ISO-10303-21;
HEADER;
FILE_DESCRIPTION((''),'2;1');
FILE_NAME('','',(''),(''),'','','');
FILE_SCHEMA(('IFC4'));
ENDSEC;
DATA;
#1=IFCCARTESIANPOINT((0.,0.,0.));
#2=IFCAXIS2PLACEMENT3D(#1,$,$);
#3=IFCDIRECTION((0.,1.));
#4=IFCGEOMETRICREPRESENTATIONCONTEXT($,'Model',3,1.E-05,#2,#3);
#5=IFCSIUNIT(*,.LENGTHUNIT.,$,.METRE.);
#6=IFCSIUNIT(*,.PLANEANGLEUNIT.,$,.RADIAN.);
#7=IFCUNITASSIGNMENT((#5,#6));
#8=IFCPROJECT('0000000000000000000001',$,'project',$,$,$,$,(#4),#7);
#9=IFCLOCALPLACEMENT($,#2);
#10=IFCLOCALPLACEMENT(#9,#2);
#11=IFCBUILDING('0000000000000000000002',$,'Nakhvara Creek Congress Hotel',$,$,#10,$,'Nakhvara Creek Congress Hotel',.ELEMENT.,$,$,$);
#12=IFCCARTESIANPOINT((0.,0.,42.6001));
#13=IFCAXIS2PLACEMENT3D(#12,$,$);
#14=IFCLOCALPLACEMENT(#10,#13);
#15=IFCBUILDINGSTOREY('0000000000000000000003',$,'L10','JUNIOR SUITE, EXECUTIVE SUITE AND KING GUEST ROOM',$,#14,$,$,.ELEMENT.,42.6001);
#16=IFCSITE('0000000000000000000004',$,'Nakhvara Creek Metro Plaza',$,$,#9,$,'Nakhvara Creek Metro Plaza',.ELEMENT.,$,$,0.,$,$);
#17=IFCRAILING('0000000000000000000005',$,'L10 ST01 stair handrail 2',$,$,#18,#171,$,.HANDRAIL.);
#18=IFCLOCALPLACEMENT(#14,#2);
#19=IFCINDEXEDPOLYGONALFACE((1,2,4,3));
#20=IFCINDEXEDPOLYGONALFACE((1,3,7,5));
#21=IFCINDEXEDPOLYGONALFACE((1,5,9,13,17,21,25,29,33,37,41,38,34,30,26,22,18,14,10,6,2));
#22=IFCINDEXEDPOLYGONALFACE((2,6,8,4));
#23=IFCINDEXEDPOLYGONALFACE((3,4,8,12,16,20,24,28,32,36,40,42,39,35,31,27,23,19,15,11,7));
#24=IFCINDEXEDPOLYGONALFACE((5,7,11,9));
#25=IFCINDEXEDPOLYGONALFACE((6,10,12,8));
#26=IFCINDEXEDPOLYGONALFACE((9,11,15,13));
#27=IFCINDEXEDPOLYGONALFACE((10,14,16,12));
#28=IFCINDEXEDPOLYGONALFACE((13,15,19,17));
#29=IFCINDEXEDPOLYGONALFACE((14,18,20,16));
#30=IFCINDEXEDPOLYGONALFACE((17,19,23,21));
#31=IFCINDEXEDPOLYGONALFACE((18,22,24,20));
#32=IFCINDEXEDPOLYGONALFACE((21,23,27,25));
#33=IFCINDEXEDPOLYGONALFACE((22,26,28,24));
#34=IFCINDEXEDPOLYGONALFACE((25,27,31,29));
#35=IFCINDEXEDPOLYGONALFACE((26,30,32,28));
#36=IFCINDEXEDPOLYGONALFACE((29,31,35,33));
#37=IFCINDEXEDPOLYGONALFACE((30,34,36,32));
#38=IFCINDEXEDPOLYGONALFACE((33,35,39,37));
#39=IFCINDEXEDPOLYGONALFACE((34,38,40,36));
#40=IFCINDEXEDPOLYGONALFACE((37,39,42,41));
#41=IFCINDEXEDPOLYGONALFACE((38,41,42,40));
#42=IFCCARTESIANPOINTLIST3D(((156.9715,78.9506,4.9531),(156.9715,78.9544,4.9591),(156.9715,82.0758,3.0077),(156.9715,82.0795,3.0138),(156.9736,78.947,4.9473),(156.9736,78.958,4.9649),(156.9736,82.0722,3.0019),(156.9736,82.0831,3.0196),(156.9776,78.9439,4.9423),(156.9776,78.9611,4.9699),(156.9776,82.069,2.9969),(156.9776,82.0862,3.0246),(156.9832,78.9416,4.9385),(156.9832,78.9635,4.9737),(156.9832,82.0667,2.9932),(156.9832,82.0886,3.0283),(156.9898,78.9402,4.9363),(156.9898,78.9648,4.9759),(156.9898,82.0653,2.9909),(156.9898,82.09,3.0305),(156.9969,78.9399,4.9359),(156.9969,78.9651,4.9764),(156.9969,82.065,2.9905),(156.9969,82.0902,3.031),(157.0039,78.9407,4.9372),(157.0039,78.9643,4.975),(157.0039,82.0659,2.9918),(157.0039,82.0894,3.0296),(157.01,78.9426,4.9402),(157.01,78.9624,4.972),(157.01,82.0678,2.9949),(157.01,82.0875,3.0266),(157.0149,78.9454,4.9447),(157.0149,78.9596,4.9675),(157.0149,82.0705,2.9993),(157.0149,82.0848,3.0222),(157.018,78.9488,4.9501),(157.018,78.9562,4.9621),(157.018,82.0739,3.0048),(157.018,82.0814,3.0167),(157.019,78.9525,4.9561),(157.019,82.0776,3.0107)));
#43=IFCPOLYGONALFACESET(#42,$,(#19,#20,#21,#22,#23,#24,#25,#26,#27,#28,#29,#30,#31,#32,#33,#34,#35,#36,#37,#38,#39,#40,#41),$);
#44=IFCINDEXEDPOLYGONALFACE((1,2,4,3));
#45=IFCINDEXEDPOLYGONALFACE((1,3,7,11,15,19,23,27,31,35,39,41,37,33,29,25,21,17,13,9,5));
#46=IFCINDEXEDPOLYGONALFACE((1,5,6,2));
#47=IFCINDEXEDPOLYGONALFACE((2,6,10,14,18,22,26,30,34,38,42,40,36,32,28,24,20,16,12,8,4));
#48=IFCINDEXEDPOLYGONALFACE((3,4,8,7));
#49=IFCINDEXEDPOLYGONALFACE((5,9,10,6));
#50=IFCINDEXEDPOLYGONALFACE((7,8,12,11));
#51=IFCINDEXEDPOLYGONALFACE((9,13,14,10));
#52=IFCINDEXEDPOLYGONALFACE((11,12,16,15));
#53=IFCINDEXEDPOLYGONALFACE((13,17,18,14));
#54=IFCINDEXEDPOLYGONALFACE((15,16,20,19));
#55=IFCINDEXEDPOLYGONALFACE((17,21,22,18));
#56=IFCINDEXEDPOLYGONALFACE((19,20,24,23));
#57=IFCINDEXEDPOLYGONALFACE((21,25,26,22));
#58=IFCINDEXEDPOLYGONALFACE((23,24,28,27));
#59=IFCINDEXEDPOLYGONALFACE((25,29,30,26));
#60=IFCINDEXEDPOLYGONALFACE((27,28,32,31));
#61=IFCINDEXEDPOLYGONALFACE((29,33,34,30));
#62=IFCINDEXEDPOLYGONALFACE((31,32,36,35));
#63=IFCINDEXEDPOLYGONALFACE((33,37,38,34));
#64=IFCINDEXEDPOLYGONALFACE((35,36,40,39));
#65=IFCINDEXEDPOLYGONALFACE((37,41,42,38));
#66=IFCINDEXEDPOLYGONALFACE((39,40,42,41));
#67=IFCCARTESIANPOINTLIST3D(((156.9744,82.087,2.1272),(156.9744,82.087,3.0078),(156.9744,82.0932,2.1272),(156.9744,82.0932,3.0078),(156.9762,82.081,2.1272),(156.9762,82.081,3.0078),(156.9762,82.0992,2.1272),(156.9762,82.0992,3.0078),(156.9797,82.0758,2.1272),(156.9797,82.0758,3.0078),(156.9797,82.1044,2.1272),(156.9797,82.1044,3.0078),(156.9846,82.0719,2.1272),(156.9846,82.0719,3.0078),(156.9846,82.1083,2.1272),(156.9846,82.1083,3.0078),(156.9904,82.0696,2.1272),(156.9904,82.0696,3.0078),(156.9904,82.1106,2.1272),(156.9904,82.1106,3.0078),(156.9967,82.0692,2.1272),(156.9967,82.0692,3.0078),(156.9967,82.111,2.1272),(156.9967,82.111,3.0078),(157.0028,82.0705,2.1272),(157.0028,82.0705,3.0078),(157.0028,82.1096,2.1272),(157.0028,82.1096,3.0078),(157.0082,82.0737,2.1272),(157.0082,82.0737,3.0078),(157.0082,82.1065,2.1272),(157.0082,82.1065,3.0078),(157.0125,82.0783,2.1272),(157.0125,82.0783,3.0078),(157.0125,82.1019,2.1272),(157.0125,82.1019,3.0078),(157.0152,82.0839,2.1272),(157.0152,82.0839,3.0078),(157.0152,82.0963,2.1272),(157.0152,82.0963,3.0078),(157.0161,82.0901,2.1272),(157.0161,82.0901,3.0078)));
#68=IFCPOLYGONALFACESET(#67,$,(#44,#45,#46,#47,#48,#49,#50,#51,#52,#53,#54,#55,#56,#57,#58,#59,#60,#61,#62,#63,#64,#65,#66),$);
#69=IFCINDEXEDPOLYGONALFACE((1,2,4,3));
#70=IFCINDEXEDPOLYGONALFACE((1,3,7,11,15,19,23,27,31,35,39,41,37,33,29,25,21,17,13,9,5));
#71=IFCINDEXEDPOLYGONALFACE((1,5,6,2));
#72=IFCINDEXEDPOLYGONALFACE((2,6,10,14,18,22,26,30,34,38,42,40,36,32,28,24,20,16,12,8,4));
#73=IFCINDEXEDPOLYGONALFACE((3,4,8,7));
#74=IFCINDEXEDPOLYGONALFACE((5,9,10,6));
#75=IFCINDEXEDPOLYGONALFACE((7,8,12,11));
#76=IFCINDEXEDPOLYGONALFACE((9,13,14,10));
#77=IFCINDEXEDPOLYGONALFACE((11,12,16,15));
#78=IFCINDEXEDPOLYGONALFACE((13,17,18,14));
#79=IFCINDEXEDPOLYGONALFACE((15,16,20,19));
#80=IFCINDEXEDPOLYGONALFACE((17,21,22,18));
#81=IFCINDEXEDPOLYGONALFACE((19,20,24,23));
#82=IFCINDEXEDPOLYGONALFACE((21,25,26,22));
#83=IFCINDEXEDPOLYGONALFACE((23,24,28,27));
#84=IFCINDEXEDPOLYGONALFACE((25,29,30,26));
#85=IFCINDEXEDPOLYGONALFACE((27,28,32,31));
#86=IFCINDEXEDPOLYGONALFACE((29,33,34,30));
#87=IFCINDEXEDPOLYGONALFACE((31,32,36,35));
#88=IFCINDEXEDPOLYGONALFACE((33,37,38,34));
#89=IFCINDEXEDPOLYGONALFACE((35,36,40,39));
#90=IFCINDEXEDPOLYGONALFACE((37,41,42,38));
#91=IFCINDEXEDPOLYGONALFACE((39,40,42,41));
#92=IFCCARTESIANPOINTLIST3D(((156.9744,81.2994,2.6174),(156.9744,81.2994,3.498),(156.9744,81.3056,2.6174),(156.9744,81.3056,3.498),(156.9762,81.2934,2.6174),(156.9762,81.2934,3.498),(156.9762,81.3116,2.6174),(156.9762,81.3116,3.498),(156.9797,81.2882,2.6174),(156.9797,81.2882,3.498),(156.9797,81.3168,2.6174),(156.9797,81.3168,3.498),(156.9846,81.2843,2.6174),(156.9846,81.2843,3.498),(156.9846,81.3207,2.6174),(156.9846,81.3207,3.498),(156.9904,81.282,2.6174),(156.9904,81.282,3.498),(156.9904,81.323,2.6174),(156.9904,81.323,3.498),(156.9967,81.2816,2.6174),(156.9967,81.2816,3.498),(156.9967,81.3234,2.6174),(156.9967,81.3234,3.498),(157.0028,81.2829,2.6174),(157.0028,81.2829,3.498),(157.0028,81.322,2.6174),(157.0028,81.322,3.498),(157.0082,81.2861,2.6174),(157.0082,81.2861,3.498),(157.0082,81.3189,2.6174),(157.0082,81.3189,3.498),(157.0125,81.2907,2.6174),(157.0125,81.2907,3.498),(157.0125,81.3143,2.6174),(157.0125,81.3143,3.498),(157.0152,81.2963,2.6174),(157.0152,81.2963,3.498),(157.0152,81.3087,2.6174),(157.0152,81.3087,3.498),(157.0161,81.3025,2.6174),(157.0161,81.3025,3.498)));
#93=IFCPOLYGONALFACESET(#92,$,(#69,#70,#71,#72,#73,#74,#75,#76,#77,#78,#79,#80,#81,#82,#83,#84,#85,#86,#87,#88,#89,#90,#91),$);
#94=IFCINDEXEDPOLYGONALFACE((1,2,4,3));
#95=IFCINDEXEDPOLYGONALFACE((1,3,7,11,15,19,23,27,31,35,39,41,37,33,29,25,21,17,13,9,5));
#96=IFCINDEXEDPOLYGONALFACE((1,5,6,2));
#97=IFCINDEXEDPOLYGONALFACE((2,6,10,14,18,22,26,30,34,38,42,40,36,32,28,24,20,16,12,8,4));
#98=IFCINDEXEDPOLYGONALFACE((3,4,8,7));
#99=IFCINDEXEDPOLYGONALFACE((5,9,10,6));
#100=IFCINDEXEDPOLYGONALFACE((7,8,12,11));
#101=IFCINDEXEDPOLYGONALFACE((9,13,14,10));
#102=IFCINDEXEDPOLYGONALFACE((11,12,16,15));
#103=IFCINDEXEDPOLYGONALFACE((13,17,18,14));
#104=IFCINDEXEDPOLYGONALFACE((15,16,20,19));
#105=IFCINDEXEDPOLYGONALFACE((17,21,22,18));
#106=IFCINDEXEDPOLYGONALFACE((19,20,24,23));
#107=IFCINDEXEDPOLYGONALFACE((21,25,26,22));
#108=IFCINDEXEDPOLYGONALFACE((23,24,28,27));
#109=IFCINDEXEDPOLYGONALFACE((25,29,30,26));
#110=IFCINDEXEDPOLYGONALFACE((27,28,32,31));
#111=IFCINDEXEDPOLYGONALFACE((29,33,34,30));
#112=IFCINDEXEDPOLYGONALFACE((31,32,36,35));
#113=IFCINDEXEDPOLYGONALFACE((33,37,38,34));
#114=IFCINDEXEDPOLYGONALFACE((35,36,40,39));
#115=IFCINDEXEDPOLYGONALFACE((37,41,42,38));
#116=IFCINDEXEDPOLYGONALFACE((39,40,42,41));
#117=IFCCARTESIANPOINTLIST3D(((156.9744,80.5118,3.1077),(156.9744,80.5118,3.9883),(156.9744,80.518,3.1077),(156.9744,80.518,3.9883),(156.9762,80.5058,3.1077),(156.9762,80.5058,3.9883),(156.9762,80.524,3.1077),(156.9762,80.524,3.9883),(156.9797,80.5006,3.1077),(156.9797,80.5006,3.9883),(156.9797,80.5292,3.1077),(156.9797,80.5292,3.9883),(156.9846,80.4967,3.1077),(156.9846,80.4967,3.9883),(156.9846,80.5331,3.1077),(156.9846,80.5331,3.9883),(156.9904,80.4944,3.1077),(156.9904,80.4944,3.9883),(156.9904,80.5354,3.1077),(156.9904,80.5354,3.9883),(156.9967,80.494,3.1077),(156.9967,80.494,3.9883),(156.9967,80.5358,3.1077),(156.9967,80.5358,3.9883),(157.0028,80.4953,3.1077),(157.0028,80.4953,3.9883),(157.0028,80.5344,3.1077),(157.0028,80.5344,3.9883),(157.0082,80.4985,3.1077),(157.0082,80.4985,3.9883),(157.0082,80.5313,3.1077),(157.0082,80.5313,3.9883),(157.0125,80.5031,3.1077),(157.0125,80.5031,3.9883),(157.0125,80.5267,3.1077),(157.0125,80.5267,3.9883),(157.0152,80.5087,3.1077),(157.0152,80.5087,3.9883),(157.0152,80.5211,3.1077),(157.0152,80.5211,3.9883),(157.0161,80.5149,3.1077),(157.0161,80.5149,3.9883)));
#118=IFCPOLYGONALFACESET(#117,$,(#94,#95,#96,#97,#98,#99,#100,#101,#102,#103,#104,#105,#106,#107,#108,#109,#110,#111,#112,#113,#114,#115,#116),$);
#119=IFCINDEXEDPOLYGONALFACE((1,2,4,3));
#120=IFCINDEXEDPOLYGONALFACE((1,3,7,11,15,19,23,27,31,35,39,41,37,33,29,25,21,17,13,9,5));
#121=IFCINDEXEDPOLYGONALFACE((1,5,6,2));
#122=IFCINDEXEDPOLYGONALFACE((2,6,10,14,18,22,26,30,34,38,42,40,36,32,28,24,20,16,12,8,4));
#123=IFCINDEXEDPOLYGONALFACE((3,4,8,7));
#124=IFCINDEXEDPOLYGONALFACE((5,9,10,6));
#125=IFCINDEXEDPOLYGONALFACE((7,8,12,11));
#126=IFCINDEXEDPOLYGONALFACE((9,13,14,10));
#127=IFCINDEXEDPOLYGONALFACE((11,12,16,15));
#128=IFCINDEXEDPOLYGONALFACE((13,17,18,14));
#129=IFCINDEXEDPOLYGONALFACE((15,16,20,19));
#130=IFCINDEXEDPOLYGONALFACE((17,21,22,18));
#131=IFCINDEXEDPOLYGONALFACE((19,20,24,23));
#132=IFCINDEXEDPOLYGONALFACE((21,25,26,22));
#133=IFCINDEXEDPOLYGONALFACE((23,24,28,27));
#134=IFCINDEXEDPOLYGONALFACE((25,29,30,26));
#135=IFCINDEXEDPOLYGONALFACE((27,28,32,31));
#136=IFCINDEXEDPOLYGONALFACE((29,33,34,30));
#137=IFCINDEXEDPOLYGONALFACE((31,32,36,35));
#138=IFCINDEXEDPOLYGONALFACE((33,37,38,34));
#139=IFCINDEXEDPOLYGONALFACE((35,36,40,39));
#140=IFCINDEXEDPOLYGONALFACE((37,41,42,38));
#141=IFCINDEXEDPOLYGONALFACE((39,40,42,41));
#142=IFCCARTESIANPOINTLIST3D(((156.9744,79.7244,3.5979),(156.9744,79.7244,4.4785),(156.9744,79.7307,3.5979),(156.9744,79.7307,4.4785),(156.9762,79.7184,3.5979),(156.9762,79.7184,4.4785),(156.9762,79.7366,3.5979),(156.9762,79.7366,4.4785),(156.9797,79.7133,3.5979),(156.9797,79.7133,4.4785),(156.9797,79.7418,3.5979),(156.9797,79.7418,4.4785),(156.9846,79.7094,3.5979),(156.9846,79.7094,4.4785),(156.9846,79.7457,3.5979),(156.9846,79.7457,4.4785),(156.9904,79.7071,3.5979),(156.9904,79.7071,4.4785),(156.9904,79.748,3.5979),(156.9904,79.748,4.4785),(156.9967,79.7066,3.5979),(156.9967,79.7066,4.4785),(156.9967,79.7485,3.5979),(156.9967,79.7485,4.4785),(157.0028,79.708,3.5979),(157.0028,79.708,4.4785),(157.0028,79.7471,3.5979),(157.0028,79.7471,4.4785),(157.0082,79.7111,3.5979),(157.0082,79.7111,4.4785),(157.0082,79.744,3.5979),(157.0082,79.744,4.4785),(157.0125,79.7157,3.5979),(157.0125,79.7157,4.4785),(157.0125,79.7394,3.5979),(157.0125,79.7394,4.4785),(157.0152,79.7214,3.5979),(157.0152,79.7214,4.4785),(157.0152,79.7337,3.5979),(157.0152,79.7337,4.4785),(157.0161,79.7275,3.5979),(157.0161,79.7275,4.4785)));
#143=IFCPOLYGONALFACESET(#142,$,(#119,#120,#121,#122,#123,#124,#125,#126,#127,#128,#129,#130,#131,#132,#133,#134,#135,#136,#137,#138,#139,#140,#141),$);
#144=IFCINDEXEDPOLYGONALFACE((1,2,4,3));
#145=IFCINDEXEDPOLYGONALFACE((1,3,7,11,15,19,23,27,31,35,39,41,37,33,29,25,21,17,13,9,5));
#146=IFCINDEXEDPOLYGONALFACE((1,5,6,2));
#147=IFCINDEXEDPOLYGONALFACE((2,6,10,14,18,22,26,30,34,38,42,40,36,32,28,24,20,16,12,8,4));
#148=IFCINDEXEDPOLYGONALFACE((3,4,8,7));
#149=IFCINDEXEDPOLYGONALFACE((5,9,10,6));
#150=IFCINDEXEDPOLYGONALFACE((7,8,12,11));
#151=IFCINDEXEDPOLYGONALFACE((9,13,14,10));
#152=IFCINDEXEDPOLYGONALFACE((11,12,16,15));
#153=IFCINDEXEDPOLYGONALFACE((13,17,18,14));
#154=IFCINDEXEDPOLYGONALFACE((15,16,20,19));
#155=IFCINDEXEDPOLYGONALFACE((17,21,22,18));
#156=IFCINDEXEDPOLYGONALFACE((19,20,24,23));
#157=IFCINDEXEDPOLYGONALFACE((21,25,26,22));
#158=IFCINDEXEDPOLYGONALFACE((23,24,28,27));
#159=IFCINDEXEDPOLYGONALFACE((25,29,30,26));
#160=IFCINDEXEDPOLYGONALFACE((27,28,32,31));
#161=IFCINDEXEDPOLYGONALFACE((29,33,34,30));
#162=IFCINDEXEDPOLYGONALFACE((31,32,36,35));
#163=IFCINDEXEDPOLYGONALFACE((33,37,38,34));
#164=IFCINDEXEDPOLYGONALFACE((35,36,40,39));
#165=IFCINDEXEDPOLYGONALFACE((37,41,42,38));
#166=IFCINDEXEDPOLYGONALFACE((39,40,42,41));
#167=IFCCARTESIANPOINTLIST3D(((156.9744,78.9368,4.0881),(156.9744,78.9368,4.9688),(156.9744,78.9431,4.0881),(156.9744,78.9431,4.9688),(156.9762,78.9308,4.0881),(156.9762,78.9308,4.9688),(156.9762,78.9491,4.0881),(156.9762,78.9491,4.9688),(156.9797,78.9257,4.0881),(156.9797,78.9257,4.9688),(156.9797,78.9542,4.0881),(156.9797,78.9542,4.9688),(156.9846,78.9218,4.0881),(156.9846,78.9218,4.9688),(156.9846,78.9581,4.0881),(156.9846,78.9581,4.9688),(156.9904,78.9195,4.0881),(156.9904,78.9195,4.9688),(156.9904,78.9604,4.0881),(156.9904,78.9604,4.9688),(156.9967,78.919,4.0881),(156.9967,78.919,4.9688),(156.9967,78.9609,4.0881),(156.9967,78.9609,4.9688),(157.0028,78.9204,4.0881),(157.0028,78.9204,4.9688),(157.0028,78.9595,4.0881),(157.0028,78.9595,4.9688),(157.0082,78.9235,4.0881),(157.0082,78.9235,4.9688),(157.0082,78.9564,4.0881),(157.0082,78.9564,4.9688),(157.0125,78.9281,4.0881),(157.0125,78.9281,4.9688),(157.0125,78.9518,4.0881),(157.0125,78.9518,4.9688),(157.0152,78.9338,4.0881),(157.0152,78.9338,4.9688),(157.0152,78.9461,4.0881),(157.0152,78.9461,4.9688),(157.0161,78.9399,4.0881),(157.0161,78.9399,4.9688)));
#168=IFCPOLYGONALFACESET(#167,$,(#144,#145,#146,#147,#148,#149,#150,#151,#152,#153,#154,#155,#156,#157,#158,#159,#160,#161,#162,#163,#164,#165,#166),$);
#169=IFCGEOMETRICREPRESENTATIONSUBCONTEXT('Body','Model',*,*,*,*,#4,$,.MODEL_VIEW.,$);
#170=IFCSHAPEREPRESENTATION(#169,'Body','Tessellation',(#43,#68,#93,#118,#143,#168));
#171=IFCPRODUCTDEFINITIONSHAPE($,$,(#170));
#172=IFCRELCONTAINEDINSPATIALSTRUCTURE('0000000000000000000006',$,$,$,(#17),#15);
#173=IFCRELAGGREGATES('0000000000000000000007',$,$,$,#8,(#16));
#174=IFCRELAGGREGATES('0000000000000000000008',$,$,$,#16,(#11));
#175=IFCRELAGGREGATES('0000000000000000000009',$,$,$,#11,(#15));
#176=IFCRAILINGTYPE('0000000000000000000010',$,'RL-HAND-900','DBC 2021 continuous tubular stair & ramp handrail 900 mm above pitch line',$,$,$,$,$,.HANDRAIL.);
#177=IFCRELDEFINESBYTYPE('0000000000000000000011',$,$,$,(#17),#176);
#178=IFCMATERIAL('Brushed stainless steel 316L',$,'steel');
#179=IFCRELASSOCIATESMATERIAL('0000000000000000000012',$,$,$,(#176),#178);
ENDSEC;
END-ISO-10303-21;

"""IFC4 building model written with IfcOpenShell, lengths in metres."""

from ifc_helpers import new_model, si_unit, direction, frame, origin, origin_2d, place, context, subcontext, project, spatial, circle, extrude, material, type_object, element, save


model = new_model("IFC4")

# Units and contexts
model_context = context("Model", 3, precision=1e-05, world=origin(), true_north=direction((0.0, 1.0)))
body_context = subcontext(model_context, "Body", "Model", "MODEL_VIEW")
ifc_project = project(units=[si_unit("LENGTHUNIT", "METRE"), si_unit("PLANEANGLEUNIT", "RADIAN")], contexts=[model_context])

# Site, building, storey
site_placement = place(None, origin())
site = spatial("IfcSite", under=ifc_project, at=site_placement, Name="Nakhvara Creek Metro Plaza", LongName="Nakhvara Creek Metro Plaza", CompositionType="ELEMENT", RefElevation=0.0)
building_placement = place(site_placement, origin())
building = spatial("IfcBuilding", under=site, at=building_placement, Name="Nakhvara Creek Congress Hotel", LongName="Nakhvara Creek Congress Hotel", CompositionType="ELEMENT")
storey_placement = place(building_placement, frame((0.0, 0.0, 42.6001)))
storey = spatial("IfcBuildingStorey", under=building, at=storey_placement, Name="L10", Description="JUNIOR SUITE, EXECUTIVE SUITE AND KING GUEST ROOM", CompositionType="ELEMENT", Elevation=42.6001)

# Railing
ifc_material_1 = material(Name="Brushed stainless steel 316L", Category="steel")
railing_type_1 = type_object("IfcRailingType", Name="RL-HAND-900", Description="DBC 2021 continuous tubular stair & ramp handrail 900 mm above pitch line", PredefinedType="HANDRAIL", material=ifc_material_1)
railing_1_placement = place(storey_placement, frame((156.9951, 82.0901, 2.1272)))
element("IfcRailing", 1, at=railing_1_placement, inside=storey, type_object=railing_type_1, Name="L10 ST01 stair handrail 2", PredefinedType="HANDRAIL", context=body_context, shape_type="SweptSolid", body=[
    extrude(circle(Radius=0.0239, at=origin_2d()), frame((0.0, -0.0125, 0.8835), z_axis=(0.0, -0.848954, 0.528466), x_axis=(1.0, 0.0, 0.0)), (0.0, 0.0, 1.0), 3.6812),
    extrude(circle(Radius=0.021, at=origin_2d()), origin(), (0.0, 0.0, 1.0), 0.8806),
    extrude(circle(Radius=0.021, at=origin_2d()), frame((0.0, -0.7876, 0.4902)), (0.0, 0.0, 1.0), 0.8806),
    extrude(circle(Radius=0.021, at=origin_2d()), frame((0.0, -1.5752, 0.9805)), (0.0, 0.0, 1.0), 0.8806),
    extrude(circle(Radius=0.021, at=origin_2d()), frame((0.0, -2.3625, 1.4707)), (0.0, 0.0, 1.0), 0.8806),
    extrude(circle(Radius=0.021, at=origin_2d()), frame((0.0, -3.1501, 1.9609)), (0.0, 0.0, 1.0), 0.8806),
])

save(model, "model.ifc")
